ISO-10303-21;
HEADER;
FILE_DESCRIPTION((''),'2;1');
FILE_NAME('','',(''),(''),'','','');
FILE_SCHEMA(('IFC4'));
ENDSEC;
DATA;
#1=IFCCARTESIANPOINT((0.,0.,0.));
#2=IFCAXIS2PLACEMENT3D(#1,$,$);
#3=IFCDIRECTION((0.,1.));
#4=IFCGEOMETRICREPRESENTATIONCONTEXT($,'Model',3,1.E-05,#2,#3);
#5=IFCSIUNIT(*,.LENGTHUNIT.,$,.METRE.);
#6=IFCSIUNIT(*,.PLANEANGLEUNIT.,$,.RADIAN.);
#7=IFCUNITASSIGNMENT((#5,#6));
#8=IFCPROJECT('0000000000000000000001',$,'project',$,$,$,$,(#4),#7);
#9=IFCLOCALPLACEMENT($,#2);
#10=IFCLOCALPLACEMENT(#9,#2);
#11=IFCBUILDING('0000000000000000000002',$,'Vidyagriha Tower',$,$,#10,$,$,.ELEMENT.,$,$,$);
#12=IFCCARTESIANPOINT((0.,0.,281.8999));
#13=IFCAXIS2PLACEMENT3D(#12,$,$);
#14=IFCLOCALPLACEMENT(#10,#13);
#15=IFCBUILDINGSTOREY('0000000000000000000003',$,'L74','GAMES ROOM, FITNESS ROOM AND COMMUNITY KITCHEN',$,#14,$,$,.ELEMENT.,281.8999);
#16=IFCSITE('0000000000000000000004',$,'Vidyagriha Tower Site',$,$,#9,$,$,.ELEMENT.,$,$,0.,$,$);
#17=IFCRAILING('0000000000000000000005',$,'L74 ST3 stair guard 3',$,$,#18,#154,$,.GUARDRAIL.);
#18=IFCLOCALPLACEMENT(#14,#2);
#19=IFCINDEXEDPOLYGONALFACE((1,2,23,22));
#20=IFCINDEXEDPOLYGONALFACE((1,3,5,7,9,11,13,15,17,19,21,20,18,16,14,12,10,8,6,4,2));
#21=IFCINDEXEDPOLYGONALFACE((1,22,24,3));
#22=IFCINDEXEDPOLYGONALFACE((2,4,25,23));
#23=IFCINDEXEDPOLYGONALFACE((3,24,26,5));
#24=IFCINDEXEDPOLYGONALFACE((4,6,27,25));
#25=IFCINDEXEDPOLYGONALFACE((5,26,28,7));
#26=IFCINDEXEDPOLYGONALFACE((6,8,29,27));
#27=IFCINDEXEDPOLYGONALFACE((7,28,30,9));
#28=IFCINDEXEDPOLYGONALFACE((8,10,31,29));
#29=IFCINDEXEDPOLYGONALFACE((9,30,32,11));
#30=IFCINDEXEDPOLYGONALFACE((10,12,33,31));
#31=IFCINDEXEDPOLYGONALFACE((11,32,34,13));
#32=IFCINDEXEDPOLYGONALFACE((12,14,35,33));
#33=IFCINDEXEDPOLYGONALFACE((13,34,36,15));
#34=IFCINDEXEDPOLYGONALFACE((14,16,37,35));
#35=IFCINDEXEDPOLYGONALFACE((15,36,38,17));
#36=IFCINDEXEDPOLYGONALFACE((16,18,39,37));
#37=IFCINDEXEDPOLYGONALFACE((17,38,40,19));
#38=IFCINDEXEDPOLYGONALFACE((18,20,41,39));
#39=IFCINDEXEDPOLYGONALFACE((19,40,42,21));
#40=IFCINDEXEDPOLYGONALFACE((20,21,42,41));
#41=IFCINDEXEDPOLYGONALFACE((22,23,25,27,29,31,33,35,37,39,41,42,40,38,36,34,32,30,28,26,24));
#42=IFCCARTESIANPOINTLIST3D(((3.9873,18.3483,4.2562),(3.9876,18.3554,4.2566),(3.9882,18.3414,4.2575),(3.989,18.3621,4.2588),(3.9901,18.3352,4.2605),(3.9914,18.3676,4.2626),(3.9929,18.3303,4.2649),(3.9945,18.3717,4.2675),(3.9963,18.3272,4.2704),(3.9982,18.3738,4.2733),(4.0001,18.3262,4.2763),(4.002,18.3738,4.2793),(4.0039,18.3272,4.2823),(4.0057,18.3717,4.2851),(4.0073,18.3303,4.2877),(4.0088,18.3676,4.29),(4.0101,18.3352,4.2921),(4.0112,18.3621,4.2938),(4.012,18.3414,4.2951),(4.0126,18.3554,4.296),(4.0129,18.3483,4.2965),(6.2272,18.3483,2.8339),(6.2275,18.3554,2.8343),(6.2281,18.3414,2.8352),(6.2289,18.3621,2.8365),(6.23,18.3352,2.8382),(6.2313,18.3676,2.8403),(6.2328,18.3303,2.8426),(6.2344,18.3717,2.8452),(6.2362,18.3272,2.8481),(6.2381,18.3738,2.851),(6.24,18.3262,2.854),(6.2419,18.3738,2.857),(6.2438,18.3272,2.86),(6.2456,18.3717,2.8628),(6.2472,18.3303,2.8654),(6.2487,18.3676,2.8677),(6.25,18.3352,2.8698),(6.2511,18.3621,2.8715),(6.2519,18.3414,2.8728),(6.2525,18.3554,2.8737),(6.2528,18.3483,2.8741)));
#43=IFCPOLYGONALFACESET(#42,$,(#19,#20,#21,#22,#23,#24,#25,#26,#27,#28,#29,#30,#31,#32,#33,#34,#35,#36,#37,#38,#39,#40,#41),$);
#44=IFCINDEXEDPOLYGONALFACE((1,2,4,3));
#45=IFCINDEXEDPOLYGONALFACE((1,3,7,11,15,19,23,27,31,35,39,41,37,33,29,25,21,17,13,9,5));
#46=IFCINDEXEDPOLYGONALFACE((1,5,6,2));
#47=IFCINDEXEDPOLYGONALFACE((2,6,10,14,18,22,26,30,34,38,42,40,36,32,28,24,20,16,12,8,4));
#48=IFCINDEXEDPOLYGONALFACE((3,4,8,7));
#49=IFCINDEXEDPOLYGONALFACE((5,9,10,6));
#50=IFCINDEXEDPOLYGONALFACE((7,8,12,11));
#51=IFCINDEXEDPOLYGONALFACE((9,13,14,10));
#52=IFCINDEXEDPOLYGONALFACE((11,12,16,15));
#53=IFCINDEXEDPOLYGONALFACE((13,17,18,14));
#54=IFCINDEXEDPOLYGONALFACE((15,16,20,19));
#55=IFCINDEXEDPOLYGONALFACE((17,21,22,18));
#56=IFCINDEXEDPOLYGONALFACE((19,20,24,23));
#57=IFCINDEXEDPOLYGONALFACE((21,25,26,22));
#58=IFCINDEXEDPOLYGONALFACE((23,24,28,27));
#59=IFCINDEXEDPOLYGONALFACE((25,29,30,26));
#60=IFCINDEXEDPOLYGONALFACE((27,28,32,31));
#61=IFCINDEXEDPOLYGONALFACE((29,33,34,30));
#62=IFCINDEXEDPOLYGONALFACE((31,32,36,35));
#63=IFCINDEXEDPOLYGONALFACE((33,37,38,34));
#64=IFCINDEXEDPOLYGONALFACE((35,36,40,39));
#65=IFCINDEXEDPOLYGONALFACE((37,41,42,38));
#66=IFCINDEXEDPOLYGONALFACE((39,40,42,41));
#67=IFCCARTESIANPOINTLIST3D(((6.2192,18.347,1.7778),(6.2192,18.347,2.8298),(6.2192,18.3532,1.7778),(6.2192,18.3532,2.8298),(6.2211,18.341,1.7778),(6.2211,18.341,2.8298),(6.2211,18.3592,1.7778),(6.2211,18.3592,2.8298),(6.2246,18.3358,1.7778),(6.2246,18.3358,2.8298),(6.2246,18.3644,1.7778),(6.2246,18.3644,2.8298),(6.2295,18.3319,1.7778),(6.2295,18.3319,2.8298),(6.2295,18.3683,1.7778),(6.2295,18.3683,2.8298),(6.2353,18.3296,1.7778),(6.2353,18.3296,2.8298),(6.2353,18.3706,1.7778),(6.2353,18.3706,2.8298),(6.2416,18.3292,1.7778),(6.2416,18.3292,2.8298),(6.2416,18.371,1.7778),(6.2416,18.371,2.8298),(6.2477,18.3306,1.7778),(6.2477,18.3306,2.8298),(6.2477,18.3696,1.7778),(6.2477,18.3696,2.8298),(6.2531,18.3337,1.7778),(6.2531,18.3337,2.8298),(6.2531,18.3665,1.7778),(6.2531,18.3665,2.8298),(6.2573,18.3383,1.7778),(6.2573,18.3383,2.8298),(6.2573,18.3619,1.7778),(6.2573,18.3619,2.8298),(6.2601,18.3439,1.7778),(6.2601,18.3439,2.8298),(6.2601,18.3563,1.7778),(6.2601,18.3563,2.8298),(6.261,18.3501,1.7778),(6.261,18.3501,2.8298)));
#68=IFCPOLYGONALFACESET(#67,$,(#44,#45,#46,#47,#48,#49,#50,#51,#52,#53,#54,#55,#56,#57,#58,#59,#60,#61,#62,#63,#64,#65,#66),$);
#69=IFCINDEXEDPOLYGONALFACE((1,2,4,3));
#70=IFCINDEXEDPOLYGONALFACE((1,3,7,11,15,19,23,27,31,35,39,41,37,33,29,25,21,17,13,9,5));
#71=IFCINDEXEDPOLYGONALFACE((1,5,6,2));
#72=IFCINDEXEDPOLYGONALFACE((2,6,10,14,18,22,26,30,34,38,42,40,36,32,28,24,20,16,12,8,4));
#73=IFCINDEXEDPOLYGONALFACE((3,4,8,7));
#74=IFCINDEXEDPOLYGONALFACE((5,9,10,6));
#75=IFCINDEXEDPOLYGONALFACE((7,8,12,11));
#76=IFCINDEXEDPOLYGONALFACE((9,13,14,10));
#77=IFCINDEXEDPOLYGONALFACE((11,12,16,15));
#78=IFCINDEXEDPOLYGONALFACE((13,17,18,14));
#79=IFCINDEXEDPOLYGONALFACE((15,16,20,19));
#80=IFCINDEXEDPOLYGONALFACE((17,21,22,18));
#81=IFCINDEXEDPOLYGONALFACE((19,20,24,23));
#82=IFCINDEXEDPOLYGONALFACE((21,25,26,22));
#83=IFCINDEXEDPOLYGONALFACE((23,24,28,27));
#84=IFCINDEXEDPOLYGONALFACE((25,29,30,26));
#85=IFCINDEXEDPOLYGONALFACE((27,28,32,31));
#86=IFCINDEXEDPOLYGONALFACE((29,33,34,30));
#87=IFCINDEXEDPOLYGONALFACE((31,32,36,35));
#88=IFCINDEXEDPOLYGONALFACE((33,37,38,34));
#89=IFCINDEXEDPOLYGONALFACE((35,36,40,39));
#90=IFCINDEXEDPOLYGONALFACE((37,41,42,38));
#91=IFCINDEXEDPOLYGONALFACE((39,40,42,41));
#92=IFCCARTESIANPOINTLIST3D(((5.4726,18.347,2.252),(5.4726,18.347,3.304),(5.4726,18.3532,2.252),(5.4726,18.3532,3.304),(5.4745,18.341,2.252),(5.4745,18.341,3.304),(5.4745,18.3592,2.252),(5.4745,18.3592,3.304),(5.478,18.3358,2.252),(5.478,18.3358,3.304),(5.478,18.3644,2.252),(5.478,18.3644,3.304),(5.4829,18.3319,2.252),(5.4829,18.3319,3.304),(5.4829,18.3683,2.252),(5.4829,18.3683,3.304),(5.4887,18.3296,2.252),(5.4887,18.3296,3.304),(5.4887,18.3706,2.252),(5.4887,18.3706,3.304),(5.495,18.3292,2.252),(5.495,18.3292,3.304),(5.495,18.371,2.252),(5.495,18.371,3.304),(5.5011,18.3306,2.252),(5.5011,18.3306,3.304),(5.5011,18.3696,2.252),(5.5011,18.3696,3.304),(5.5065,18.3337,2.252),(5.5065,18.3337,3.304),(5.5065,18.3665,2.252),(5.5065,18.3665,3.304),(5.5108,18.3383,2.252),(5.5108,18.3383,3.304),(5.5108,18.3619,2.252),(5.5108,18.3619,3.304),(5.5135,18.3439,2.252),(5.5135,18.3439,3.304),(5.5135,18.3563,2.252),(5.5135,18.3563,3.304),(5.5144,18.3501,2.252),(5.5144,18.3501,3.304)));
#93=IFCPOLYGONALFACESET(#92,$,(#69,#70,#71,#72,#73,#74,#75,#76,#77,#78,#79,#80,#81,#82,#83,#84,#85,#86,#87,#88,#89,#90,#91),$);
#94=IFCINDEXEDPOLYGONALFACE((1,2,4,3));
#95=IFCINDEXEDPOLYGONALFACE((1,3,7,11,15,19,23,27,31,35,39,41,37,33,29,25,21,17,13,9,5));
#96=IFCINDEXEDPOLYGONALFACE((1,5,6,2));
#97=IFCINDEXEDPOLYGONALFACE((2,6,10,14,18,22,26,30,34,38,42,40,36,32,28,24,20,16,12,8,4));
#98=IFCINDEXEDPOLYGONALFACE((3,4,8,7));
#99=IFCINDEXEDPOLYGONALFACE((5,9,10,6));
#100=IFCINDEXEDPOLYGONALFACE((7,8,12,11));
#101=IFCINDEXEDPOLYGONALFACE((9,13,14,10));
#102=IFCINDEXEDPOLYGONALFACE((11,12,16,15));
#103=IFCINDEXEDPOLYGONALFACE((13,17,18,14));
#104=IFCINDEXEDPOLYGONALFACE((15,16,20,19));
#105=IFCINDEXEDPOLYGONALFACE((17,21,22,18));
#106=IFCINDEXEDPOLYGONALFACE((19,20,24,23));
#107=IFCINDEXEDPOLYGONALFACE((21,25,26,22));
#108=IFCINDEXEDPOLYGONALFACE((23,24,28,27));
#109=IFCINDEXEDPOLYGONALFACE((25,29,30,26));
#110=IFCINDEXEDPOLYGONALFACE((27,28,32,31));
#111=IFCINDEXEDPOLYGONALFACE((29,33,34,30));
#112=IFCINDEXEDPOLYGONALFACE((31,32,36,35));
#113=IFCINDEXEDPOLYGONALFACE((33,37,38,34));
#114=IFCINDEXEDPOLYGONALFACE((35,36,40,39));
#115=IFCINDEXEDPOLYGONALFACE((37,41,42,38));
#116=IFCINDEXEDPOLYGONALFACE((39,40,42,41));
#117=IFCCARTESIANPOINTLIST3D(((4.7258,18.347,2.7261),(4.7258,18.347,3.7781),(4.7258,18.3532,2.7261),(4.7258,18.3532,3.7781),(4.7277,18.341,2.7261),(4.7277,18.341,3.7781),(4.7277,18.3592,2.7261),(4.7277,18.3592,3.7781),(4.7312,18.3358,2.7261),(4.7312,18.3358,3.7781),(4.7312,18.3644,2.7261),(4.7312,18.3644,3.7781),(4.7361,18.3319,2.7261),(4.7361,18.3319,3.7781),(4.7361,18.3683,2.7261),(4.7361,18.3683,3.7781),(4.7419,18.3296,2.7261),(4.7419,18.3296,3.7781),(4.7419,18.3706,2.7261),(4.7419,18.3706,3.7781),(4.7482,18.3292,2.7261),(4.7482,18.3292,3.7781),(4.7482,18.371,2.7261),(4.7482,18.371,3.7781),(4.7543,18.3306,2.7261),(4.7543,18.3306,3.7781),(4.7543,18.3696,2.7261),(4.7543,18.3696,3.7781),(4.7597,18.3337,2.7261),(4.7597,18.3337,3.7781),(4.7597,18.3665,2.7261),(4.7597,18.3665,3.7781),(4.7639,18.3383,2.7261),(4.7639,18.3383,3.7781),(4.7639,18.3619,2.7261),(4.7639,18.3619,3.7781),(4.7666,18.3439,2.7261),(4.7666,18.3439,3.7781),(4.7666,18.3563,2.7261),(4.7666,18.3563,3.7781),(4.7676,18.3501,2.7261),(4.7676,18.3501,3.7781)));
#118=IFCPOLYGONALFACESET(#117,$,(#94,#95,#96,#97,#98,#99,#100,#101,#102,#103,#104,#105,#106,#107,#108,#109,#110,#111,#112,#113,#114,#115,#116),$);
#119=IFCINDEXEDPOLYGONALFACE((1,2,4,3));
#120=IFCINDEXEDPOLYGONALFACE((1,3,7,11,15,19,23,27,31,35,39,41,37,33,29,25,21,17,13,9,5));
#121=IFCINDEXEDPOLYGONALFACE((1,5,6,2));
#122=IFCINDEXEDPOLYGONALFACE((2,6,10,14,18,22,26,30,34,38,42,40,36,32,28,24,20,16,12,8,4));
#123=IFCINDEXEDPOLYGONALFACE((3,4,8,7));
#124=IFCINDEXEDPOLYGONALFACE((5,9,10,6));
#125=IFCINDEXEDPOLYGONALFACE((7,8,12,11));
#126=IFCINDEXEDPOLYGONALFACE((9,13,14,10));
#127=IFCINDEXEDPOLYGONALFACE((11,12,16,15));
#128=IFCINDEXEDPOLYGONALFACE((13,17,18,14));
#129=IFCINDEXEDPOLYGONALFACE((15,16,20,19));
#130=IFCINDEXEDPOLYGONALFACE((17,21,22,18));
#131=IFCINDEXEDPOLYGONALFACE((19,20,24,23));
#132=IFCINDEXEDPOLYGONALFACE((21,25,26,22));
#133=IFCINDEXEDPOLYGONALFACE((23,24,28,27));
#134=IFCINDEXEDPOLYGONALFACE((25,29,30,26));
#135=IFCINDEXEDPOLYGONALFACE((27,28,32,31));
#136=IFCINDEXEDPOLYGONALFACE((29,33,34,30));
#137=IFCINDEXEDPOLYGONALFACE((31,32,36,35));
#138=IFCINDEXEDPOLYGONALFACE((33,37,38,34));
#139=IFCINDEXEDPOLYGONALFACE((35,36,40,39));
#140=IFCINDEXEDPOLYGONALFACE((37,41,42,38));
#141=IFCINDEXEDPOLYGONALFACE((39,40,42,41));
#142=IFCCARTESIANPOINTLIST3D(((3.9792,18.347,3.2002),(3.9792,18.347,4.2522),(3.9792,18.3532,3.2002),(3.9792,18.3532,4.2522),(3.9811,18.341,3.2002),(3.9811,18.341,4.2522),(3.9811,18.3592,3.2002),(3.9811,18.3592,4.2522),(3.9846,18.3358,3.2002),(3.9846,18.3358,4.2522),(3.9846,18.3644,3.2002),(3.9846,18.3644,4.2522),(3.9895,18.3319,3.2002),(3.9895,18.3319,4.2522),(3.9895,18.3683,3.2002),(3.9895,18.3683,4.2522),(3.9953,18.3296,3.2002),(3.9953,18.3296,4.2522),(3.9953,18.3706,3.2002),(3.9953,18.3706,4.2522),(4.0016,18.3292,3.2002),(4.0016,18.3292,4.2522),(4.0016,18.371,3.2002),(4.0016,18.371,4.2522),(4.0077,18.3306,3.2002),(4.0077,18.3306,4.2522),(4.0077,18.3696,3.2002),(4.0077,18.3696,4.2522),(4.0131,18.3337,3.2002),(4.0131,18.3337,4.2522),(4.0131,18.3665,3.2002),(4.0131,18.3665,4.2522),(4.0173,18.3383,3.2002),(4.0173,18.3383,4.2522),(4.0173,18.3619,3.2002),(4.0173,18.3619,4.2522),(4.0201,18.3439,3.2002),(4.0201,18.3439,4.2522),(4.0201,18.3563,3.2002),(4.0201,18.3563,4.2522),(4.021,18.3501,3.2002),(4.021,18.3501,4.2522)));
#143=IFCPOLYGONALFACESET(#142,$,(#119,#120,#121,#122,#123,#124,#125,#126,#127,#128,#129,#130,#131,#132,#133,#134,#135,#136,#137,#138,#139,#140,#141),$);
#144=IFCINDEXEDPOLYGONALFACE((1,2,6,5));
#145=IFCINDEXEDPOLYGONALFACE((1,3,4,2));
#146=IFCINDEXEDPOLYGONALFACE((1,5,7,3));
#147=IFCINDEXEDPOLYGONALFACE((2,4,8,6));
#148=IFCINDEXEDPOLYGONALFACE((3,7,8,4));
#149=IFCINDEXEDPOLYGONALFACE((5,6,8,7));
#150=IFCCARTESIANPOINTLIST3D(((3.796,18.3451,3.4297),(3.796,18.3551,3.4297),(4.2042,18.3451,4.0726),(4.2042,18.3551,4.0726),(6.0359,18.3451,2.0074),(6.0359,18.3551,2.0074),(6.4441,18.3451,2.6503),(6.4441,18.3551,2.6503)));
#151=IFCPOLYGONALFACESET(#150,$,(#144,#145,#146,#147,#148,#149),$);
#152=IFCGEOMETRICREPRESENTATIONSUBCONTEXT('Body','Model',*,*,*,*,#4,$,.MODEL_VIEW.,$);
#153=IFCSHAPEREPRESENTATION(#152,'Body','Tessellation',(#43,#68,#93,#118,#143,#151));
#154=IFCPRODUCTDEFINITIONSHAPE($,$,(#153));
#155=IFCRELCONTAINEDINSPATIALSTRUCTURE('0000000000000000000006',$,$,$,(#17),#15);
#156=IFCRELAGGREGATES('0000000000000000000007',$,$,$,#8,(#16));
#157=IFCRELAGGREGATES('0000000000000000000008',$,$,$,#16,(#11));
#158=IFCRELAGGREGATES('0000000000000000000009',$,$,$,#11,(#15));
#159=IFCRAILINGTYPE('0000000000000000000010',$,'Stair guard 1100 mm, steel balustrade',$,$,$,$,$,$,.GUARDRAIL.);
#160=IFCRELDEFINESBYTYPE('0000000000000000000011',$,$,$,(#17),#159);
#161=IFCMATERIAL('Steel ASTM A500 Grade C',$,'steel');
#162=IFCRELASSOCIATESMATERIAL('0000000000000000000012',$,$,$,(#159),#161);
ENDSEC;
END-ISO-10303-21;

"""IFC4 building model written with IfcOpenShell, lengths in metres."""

from ifc_helpers import new_model, si_unit, direction, frame, origin, origin_2d, place, context, subcontext, project, spatial, rectangle, circle, extrude, material, type_object, element, save


model = new_model("IFC4")

# Units and contexts
model_context = context("Model", 3, precision=1e-05, world=origin(), true_north=direction((0.0, 1.0)))
body_context = subcontext(model_context, "Body", "Model", "MODEL_VIEW")
ifc_project = project(units=[si_unit("LENGTHUNIT", "METRE"), si_unit("PLANEANGLEUNIT", "RADIAN")], contexts=[model_context])

# Site, building, storey
site_placement = place(None, origin())
site = spatial("IfcSite", under=ifc_project, at=site_placement, Name="Vidyagriha Tower Site", CompositionType="ELEMENT", RefElevation=0.0)
building_placement = place(site_placement, origin())
building = spatial("IfcBuilding", under=site, at=building_placement, Name="Vidyagriha Tower", CompositionType="ELEMENT")
storey_placement = place(building_placement, frame((0.0, 0.0, 281.8999)))
storey = spatial("IfcBuildingStorey", under=building, at=storey_placement, Name="L74", Description="GAMES ROOM, FITNESS ROOM AND COMMUNITY KITCHEN", CompositionType="ELEMENT", Elevation=281.8999)

# Railing
ifc_material_1 = material(Name="Steel ASTM A500 Grade C", Category="steel")
railing_type_1 = type_object("IfcRailingType", Name="Stair guard 1100 mm, steel balustrade", PredefinedType="GUARDRAIL", material=ifc_material_1)
railing_1_placement = place(storey_placement, frame((6.24, 18.3501, 1.7778)))
element("IfcRailing", 1, at=railing_1_placement, inside=storey, type_object=railing_type_1, Name="L74 ST3 stair guard 3", PredefinedType="GUARDRAIL", context=body_context, shape_type="SweptSolid", body=[
    extrude(circle(Radius=0.0239, at=origin_2d()), frame((0.0, 0.0, 1.0762), z_axis=(-0.844188, 0.0, 0.536048), x_axis=(0.0, -1.0, 0.0)), (0.0, 0.0, 1.0), 2.6533),
    extrude(circle(Radius=0.021, at=origin_2d()), origin(), (0.0, 0.0, 1.0), 1.052),
    extrude(circle(Radius=0.021, at=origin_2d()), frame((-0.7466, 0.0, 0.4741)), (0.0, 0.0, 1.0), 1.052),
    extrude(circle(Radius=0.021, at=origin_2d()), frame((-1.4934, 0.0, 0.9482)), (0.0, 0.0, 1.0), 1.052),
    extrude(circle(Radius=0.021, at=origin_2d()), frame((-2.24, 0.0, 1.4224)), (0.0, 0.0, 1.0), 1.052),
    extrude(rectangle(XDim=0.01, YDim=0.7615, at=origin_2d()), frame((0.0, 0.0, 0.551), z_axis=(-0.844188, 0.0, 0.536048), x_axis=(0.0, -1.0, 0.0)), (0.0, 0.0, 1.0), 2.6533),
])

save(model, "model.ifc")
